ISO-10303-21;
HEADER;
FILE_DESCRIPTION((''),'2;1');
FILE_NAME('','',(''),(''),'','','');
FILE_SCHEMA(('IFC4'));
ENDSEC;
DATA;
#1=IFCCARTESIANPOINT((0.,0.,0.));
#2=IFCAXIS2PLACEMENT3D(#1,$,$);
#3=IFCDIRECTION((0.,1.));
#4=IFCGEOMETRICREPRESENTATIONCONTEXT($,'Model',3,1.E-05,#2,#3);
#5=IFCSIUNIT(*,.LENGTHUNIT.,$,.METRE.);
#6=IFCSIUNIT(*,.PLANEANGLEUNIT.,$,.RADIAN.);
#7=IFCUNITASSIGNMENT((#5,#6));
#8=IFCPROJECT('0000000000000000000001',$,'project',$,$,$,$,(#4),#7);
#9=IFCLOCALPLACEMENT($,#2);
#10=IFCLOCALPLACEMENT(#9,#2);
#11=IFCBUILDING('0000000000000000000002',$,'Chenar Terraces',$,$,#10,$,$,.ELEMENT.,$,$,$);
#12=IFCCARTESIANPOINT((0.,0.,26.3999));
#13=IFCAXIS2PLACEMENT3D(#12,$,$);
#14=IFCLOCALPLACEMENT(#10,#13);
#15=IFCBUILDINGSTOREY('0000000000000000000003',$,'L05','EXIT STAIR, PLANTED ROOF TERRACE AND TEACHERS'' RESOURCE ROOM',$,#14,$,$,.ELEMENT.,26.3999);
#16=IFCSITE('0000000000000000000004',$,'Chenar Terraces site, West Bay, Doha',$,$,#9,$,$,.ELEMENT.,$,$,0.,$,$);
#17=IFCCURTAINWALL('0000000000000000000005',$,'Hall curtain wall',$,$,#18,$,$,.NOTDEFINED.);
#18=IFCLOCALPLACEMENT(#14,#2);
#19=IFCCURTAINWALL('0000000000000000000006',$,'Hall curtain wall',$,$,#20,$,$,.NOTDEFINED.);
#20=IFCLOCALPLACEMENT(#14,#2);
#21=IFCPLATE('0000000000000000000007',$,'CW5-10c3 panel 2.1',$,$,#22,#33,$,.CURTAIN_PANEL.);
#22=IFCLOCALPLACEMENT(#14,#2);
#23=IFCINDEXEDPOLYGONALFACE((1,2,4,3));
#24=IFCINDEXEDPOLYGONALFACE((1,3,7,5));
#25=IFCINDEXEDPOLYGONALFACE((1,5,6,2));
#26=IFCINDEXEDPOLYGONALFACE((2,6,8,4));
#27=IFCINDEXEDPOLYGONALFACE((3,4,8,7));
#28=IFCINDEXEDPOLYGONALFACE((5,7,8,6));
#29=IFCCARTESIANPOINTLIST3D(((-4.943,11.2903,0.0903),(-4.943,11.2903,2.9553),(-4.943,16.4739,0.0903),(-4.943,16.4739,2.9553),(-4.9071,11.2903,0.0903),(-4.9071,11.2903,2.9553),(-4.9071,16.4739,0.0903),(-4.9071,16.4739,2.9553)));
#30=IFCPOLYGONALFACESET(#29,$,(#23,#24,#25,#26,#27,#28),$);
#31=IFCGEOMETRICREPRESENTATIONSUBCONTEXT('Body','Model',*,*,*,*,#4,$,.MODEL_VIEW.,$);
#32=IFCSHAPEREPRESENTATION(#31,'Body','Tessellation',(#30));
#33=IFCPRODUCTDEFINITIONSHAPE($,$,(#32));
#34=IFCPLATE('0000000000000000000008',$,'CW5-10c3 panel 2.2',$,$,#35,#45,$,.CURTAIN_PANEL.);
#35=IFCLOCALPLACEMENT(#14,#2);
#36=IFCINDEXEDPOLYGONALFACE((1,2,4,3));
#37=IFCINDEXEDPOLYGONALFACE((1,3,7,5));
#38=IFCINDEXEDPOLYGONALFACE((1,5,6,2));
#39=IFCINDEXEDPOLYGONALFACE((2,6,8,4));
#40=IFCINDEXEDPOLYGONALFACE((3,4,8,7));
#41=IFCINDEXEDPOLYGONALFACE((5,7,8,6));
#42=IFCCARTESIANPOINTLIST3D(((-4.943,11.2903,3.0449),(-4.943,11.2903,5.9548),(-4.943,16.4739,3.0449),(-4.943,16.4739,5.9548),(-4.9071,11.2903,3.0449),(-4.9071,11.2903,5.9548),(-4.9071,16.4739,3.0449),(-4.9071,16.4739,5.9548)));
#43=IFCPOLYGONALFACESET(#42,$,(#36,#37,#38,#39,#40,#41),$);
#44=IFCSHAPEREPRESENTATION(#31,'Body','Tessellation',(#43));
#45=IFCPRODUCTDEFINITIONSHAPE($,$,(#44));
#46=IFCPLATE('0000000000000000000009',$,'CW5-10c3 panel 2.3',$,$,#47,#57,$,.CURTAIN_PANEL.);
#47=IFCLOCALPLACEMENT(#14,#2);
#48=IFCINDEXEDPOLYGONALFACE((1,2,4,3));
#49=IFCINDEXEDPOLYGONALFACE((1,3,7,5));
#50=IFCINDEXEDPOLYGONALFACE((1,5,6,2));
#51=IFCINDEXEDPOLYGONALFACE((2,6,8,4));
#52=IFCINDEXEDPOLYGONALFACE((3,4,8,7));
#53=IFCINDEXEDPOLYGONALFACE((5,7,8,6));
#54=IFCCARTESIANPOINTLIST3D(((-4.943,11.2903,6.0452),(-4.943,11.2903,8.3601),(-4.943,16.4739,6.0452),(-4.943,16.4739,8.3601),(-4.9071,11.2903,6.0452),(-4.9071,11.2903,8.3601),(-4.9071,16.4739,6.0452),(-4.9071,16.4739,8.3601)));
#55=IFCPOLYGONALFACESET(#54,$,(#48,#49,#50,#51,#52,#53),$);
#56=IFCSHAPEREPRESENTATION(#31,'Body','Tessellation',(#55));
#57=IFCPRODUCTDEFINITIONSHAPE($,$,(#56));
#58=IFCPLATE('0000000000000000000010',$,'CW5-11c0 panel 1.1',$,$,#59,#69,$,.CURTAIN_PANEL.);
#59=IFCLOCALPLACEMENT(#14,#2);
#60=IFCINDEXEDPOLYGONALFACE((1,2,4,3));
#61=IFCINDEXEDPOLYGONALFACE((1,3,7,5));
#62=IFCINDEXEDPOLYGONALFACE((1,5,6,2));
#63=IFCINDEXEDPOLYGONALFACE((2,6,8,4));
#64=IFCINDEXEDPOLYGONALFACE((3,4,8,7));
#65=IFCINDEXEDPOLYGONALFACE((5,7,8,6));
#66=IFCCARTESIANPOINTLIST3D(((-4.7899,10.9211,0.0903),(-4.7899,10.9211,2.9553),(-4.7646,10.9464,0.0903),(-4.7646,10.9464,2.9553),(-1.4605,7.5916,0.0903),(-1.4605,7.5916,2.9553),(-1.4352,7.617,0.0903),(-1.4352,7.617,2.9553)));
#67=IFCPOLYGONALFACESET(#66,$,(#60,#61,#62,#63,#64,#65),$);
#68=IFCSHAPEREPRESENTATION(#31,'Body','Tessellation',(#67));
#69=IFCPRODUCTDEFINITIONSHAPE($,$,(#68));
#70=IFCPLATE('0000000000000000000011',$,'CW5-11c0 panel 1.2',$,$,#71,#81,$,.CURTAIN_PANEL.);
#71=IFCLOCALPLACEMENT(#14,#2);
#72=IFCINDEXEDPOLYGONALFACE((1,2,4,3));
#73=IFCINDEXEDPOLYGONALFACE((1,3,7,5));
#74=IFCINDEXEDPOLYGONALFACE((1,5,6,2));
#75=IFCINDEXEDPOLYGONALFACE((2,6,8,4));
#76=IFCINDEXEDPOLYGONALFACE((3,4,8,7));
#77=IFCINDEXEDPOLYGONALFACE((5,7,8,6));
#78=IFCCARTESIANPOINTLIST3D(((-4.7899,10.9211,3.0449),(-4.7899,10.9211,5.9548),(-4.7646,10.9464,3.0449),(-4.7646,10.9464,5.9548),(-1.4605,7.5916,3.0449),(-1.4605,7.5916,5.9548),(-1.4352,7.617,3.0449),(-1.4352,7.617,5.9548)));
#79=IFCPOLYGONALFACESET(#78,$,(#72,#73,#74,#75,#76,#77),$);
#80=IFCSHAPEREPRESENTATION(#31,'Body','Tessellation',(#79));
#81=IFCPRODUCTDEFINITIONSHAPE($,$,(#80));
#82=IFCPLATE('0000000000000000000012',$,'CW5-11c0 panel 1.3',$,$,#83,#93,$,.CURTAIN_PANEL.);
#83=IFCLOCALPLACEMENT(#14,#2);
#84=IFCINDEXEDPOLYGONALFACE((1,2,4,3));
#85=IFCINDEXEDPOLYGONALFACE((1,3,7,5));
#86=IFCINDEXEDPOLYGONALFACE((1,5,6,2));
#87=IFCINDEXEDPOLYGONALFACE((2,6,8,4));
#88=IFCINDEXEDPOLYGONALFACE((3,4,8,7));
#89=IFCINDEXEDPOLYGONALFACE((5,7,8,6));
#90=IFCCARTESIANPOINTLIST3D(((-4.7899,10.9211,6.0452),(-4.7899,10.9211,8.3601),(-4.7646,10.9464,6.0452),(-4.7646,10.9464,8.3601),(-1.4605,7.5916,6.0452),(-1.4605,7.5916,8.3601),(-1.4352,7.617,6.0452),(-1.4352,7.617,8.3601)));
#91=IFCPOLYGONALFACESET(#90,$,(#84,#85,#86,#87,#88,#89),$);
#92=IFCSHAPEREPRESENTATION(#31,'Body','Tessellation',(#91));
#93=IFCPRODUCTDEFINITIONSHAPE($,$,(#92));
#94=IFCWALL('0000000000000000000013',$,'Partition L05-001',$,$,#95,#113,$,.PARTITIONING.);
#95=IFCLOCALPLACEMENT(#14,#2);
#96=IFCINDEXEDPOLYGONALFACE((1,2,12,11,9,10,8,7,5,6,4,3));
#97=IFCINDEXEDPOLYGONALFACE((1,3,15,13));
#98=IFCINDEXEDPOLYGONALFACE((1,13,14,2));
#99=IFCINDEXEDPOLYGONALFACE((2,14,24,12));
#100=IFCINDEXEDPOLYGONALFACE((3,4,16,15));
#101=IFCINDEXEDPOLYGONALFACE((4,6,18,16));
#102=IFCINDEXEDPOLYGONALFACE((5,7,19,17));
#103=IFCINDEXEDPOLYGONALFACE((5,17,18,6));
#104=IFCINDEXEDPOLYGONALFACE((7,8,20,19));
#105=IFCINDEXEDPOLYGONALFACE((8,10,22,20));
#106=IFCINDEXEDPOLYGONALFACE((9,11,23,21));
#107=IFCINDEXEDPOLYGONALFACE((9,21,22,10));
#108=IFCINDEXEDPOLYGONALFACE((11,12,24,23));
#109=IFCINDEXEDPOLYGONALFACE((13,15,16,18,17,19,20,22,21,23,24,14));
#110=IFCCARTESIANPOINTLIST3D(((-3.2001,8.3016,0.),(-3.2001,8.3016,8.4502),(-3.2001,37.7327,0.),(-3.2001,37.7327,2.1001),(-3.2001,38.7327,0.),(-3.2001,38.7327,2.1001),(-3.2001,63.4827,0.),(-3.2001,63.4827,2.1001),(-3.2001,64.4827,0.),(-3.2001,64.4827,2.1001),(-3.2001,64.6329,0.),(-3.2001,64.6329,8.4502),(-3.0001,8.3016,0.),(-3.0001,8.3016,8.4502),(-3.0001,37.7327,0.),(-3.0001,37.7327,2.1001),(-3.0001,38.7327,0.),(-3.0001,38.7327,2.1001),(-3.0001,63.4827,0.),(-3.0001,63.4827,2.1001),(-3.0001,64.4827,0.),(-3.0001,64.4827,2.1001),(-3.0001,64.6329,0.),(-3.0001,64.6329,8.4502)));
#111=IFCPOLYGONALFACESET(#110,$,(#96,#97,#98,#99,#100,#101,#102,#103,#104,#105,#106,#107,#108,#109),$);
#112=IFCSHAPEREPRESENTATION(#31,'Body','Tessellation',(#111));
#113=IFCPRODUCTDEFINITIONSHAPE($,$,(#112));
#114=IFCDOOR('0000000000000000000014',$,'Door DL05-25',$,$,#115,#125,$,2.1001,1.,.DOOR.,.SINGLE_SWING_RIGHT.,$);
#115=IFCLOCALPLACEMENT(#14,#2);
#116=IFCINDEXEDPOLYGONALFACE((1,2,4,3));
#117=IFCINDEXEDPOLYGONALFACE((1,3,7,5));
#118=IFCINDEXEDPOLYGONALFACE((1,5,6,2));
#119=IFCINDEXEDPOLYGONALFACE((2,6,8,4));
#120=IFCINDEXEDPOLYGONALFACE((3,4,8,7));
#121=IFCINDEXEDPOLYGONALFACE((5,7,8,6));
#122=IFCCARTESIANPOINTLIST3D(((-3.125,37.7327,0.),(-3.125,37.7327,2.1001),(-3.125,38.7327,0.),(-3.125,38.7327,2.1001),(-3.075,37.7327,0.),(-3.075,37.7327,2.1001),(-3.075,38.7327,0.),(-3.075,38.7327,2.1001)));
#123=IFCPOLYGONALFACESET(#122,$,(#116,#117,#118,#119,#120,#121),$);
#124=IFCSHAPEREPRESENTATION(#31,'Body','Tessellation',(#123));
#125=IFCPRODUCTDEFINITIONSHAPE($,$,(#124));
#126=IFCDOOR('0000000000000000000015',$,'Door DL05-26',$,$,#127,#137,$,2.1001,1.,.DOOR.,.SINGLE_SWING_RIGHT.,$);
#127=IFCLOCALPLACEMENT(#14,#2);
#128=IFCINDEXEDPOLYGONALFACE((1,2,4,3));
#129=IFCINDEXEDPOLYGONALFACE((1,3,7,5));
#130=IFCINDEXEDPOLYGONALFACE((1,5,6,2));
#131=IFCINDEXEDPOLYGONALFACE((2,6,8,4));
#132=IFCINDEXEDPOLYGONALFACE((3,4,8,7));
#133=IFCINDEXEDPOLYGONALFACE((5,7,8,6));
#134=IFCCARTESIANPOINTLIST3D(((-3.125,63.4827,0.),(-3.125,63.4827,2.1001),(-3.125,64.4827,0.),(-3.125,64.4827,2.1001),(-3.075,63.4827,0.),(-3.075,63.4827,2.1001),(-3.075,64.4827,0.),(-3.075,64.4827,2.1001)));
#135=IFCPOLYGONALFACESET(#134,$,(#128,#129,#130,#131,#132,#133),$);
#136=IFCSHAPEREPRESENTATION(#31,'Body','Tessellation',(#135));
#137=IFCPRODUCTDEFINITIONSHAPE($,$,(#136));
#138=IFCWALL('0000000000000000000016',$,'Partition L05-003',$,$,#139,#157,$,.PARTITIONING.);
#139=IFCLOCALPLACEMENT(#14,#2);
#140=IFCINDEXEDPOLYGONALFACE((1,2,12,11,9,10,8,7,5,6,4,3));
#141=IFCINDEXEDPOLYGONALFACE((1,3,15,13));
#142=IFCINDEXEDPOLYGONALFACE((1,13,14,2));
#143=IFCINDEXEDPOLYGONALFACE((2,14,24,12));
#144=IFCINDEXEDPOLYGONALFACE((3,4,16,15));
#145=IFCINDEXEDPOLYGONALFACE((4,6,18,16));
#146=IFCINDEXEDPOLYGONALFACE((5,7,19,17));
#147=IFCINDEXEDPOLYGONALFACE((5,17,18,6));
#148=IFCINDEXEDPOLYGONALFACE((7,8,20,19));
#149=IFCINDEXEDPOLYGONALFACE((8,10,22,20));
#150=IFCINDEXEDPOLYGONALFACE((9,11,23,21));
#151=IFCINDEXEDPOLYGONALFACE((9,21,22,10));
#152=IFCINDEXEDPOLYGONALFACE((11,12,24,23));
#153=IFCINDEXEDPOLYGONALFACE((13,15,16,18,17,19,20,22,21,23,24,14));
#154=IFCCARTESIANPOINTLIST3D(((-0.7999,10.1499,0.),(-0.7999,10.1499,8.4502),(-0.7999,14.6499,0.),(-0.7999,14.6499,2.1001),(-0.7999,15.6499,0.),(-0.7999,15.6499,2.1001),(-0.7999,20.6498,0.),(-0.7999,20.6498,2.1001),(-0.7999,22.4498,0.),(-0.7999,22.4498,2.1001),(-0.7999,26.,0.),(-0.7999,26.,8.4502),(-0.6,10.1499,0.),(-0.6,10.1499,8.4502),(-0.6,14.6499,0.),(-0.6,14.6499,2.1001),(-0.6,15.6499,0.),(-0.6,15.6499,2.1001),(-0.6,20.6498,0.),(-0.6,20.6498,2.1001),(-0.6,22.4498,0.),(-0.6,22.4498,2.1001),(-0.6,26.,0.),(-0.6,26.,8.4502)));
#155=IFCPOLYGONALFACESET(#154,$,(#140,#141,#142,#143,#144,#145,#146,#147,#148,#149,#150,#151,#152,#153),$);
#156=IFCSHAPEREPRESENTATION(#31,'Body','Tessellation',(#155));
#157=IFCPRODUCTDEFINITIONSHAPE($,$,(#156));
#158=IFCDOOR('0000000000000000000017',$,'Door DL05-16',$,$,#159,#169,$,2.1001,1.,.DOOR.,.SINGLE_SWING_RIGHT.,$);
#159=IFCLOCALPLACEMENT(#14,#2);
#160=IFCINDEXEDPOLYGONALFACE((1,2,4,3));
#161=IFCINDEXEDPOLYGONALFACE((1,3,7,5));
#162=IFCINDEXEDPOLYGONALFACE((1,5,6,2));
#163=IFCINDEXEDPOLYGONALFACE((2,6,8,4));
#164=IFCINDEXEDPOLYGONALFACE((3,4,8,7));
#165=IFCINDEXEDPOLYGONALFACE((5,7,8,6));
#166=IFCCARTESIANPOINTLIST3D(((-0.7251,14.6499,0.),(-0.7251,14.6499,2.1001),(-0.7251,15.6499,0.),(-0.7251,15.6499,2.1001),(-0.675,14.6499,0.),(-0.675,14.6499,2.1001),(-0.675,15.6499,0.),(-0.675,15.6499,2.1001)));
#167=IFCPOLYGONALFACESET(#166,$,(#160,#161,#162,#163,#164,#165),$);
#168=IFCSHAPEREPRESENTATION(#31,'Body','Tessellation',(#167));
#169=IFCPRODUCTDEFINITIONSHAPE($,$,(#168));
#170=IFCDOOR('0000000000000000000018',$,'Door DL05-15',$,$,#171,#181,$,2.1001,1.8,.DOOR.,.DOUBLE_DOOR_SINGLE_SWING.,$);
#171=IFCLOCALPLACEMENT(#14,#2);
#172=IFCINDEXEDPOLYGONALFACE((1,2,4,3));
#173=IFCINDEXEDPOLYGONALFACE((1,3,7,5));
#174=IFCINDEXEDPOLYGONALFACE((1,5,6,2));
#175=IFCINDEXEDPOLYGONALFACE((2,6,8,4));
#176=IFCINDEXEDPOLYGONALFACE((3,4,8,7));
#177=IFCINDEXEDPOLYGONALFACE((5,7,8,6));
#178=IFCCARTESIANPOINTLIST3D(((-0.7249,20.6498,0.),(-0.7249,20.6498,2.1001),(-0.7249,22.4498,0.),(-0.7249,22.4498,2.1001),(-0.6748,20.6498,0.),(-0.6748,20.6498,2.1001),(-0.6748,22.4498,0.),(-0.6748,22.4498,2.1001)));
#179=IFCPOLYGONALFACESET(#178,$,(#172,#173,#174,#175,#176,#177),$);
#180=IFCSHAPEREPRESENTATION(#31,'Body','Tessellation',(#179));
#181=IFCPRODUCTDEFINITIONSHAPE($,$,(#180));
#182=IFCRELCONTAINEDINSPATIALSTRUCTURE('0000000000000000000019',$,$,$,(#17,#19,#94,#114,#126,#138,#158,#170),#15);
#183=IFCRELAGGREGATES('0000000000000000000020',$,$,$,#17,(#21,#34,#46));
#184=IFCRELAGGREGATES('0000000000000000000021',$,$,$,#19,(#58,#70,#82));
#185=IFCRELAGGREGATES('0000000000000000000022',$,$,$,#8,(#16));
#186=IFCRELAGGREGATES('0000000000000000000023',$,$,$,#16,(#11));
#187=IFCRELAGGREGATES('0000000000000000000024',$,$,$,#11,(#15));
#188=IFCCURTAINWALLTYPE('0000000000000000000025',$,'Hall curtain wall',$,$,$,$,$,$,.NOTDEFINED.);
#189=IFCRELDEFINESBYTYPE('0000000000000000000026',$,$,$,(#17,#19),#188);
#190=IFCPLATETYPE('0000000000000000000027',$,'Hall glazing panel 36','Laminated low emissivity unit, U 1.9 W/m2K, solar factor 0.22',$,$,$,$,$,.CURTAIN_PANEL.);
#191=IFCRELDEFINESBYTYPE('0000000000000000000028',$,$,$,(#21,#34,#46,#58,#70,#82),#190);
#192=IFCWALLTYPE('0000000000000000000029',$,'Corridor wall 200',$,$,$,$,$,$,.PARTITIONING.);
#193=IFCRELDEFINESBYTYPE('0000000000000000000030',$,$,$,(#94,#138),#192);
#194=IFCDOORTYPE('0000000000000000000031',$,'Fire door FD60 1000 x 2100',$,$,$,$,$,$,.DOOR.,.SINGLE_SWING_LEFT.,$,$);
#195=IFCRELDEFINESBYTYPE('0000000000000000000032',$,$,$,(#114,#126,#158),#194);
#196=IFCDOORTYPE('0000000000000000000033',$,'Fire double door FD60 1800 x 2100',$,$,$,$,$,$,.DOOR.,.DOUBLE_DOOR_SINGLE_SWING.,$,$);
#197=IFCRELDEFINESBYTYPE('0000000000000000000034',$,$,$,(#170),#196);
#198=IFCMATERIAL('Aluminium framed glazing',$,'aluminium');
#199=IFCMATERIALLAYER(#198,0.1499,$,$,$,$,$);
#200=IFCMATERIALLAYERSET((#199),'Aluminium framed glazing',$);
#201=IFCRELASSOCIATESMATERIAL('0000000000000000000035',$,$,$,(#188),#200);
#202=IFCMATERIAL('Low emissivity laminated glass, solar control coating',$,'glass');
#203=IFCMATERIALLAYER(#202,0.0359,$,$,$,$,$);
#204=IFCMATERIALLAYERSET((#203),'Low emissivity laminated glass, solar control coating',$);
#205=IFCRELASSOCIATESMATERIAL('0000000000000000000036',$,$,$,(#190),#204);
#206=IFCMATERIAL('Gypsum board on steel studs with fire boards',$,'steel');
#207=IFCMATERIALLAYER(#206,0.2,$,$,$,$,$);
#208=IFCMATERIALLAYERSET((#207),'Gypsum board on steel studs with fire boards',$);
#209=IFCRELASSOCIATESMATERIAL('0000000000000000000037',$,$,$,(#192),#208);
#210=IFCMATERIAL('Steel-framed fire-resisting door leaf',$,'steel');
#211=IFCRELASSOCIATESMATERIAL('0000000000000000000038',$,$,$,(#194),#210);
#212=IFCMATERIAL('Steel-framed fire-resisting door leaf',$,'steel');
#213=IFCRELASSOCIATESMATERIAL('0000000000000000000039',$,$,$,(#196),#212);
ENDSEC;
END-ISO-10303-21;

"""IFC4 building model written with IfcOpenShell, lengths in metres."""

from ifc_helpers import new_model, si_unit, direction, frame, frame_2d, origin, origin_2d, place, context, subcontext, project, spatial, rectangle, extrude, material, layer, layer_set, type_object, element, fill, aggregate, save


model = new_model("IFC4")

# Units and contexts
model_context = context("Model", 3, precision=1e-05, world=origin(), true_north=direction((0.0, 1.0)))
body_context = subcontext(model_context, "Body", "Model", "MODEL_VIEW")
ifc_project = project(units=[si_unit("LENGTHUNIT", "METRE"), si_unit("PLANEANGLEUNIT", "RADIAN")], contexts=[model_context])

# Site, building, storey
site_placement = place(None, origin())
site = spatial("IfcSite", under=ifc_project, at=site_placement, Name="Chenar Terraces site, West Bay, Doha", CompositionType="ELEMENT", RefElevation=0.0)
building_placement = place(site_placement, origin())
building = spatial("IfcBuilding", under=site, at=building_placement, Name="Chenar Terraces", CompositionType="ELEMENT")
storey_placement = place(building_placement, frame((0.0, 0.0, 26.3999)))
storey = spatial("IfcBuildingStorey", under=building, at=storey_placement, Name="L05", Description="EXIT STAIR, PLANTED ROOF TERRACE AND TEACHERS' RESOURCE ROOM", CompositionType="ELEMENT", Elevation=26.3999)

# Curtain wall
ifc_material_1 = material(Name="Aluminium framed glazing", Category="aluminium")
ifc_layer_1 = layer(ifc_material_1, 0.1499)
ifc_layer_set_1 = layer_set([ifc_layer_1], Name="Aluminium framed glazing")
curtain_wall_type = type_object("IfcCurtainWallType", Name="Hall curtain wall", PredefinedType="NOTDEFINED", material=ifc_layer_set_1)
placement = place(storey_placement, origin())
curtain_wall_1 = element("IfcCurtainWall", 1, at=placement, inside=storey, type_object=curtain_wall_type, Name="Hall curtain wall", PredefinedType="NOTDEFINED")

# Curtain wall
curtain_wall_2 = element("IfcCurtainWall", 2, at=placement, inside=storey, type_object=curtain_wall_type, Name="Hall curtain wall", PredefinedType="NOTDEFINED")

# Plates
ifc_material_2 = material(Name="Low emissivity laminated glass, solar control coating", Category="glass")
ifc_layer_2 = layer(ifc_material_2, 0.0359)
ifc_layer_set_2 = layer_set([ifc_layer_2], Name="Low emissivity laminated glass, solar control coating")
plate_type = type_object("IfcPlateType", Name="Hall glazing panel 36", Description="Laminated low emissivity unit, U 1.9 W/m2K, solar factor 0.22", PredefinedType="CURTAIN_PANEL", material=ifc_layer_set_2)
plate_1_placement = place(storey_placement, frame((-4.925, 13.8821, 0.0903), z_axis=(0.0, 0.0, 1.0), x_axis=(0.0, -1.0, 0.0)))
plate_1 = element("IfcPlate", 3, at=plate_1_placement, type_object=plate_type, Name="CW5-10c3 panel 2.1", PredefinedType="CURTAIN_PANEL", context=body_context, shape_type="SweptSolid", body=[
    extrude(rectangle(XDim=5.1836, YDim=0.0359, at=origin_2d()), origin(), (0.0, 0.0, 1.0), 2.865),
])
plate_2_placement = place(storey_placement, frame((-4.925, 13.8821, 3.0449), z_axis=(0.0, 0.0, 1.0), x_axis=(0.0, -1.0, 0.0)))
plate_2 = element("IfcPlate", 4, at=plate_2_placement, type_object=plate_type, Name="CW5-10c3 panel 2.2", PredefinedType="CURTAIN_PANEL", context=body_context, shape_type="SweptSolid", body=[
    extrude(rectangle(XDim=5.1836, YDim=0.0359, at=origin_2d()), origin(), (0.0, 0.0, 1.0), 2.9099),
])
plate_3_placement = place(storey_placement, frame((-4.925, 13.8821, 6.0452), z_axis=(0.0, 0.0, 1.0), x_axis=(0.0, -1.0, 0.0)))
plate_3 = element("IfcPlate", 5, at=plate_3_placement, type_object=plate_type, Name="CW5-10c3 panel 2.3", PredefinedType="CURTAIN_PANEL", context=body_context, shape_type="SweptSolid", body=[
    extrude(rectangle(XDim=5.1836, YDim=0.0359, at=origin_2d()), origin(), (0.0, 0.0, 1.0), 2.3149),
])
aggregate(curtain_wall_1, [plate_1, plate_2, plate_3])
plate_4_placement = place(storey_placement, frame((-3.1125, 9.269, 0.0903), z_axis=(0.0, 0.0, 1.0), x_axis=(0.707107, -0.707107, 0.0)))
plate_4 = element("IfcPlate", 6, at=plate_4_placement, type_object=plate_type, Name="CW5-11c0 panel 1.1", PredefinedType="CURTAIN_PANEL", context=body_context, shape_type="SweptSolid", body=[
    extrude(rectangle(XDim=4.7085, YDim=0.0359, at=origin_2d()), origin(), (0.0, 0.0, 1.0), 2.865),
])
plate_5_placement = place(storey_placement, frame((-3.1125, 9.269, 3.0449), z_axis=(0.0, 0.0, 1.0), x_axis=(0.707107, -0.707107, 0.0)))
plate_5 = element("IfcPlate", 7, at=plate_5_placement, type_object=plate_type, Name="CW5-11c0 panel 1.2", PredefinedType="CURTAIN_PANEL", context=body_context, shape_type="SweptSolid", body=[
    extrude(rectangle(XDim=4.7085, YDim=0.0359, at=origin_2d()), origin(), (0.0, 0.0, 1.0), 2.9099),
])
plate_6_placement = place(storey_placement, frame((-3.1125, 9.269, 6.0452), z_axis=(0.0, 0.0, 1.0), x_axis=(0.707107, -0.707107, 0.0)))
plate_6 = element("IfcPlate", 8, at=plate_6_placement, type_object=plate_type, Name="CW5-11c0 panel 1.3", PredefinedType="CURTAIN_PANEL", context=body_context, shape_type="SweptSolid", body=[
    extrude(rectangle(XDim=4.7085, YDim=0.0359, at=origin_2d()), origin(), (0.0, 0.0, 1.0), 2.3149),
])
aggregate(curtain_wall_2, [plate_4, plate_5, plate_6])

# Walls, openings, doors
ifc_material_3 = material(Name="Gypsum board on steel studs with fire boards", Category="steel")
ifc_layer_3 = layer(ifc_material_3, 0.2)
ifc_layer_set_3 = layer_set([ifc_layer_3], Name="Gypsum board on steel studs with fire boards")
wall_type_1 = type_object("IfcWallType", Name="Corridor wall 200", PredefinedType="PARTITIONING", material=ifc_layer_set_3)
wall_1_placement = place(storey_placement, frame((-3.1001, 8.3018, 0.0), z_axis=(0.0, 0.0, 1.0), x_axis=(0.0, 1.0, 0.0)))
wall_1 = element("IfcWall", 9, at=wall_1_placement, inside=storey, type_object=wall_type_1, Name="Partition L05-001", PredefinedType="PARTITIONING", context=body_context, shape_type="SweptSolid", body=[
    extrude(rectangle(XDim=56.3313, YDim=0.2, at=frame_2d((28.1655, 0.0))), origin(), (0.0, 0.0, 1.0), 8.4502),
])
opening_1_placement = place(wall_1_placement, frame((29.4309, 0.0, 0.0)))
opening_1 = element("IfcOpeningElement", 10, at=opening_1_placement, cuts=wall_1, PredefinedType="OPENING", context=body_context, shape_type="SweptSolid", body=[
    extrude(rectangle(XDim=1.0, YDim=2.1001, at=frame_2d((0.5, 1.05))), frame((0.0, 0.1099, 0.0), z_axis=(0.0, -1.0, 0.0), x_axis=(1.0, 0.0, 0.0)), (0.0, 0.0, 1.0), 0.22),
])
opening_2_placement = place(wall_1_placement, frame((55.1809, 0.0, 0.0)))
opening_2 = element("IfcOpeningElement", 11, at=opening_2_placement, cuts=wall_1, PredefinedType="OPENING", context=body_context, shape_type="SweptSolid", body=[
    extrude(rectangle(XDim=1.0, YDim=2.1001, at=frame_2d((0.5, 1.05))), frame((0.0, 0.1099, 0.0), z_axis=(0.0, -1.0, 0.0), x_axis=(1.0, 0.0, 0.0)), (0.0, 0.0, 1.0), 0.22),
])
ifc_material_4 = material(Name="Steel-framed fire-resisting door leaf", Category="steel")
door_type_1 = type_object("IfcDoorType", Name="Fire door FD60 1000 x 2100", OperationType="SINGLE_SWING_LEFT", PredefinedType="DOOR", material=ifc_material_4)
door_1_placement = place(opening_1_placement, origin())
door_1 = element("IfcDoor", 12, at=door_1_placement, inside=storey, type_object=door_type_1, Name="Door DL05-25", OperationType="SINGLE_SWING_RIGHT", OverallHeight=2.1001, OverallWidth=1.0, PredefinedType="DOOR", context=body_context, shape_type="SweptSolid", body=[
    extrude(rectangle(XDim=1.0, YDim=2.1001, at=frame_2d((0.5, 1.05))), frame((0.0, 0.0249, 0.0), z_axis=(0.0, -1.0, 0.0), x_axis=(1.0, 0.0, 0.0)), (0.0, 0.0, 1.0), 0.05),
])
fill(opening_1, door_1)
door_2_placement = place(opening_2_placement, origin())
door_2 = element("IfcDoor", 13, at=door_2_placement, inside=storey, type_object=door_type_1, Name="Door DL05-26", OperationType="SINGLE_SWING_RIGHT", OverallHeight=2.1001, OverallWidth=1.0, PredefinedType="DOOR", context=body_context, shape_type="SweptSolid", body=[
    extrude(rectangle(XDim=1.0, YDim=2.1001, at=frame_2d((0.5, 1.05))), frame((0.0, 0.0249, 0.0), z_axis=(0.0, -1.0, 0.0), x_axis=(1.0, 0.0, 0.0)), (0.0, 0.0, 1.0), 0.05),
])
fill(opening_2, door_2)
wall_2_placement = place(storey_placement, frame((-0.7, 10.1499, 0.0), z_axis=(0.0, 0.0, 1.0), x_axis=(0.0, 1.0, 0.0)))
wall_2 = element("IfcWall", 14, at=wall_2_placement, inside=storey, type_object=wall_type_1, Name="Partition L05-003", PredefinedType="PARTITIONING", context=body_context, shape_type="SweptSolid", body=[
    extrude(rectangle(XDim=15.8501, YDim=0.2, at=frame_2d((7.925, 0.0))), origin(), (0.0, 0.0, 1.0), 8.4502),
])
opening_3_placement = place(wall_2_placement, frame((10.5, 0.0, 0.0)))
opening_3 = element("IfcOpeningElement", 15, at=opening_3_placement, cuts=wall_2, PredefinedType="OPENING", context=body_context, shape_type="SweptSolid", body=[
    extrude(rectangle(XDim=1.8, YDim=2.1001, at=frame_2d((0.8999, 1.05))), frame((0.0, 0.1099, 0.0), z_axis=(0.0, -1.0, 0.0), x_axis=(1.0, 0.0, 0.0)), (0.0, 0.0, 1.0), 0.22),
])
opening_4_placement = place(wall_2_placement, frame((4.5, 0.0, 0.0)))
opening_4 = element("IfcOpeningElement", 16, at=opening_4_placement, cuts=wall_2, PredefinedType="OPENING", context=body_context, shape_type="SweptSolid", body=[
    extrude(rectangle(XDim=1.0, YDim=2.1001, at=frame_2d((0.5, 1.05))), frame((0.0, 0.1099, 0.0), z_axis=(0.0, -1.0, 0.0), x_axis=(1.0, 0.0, 0.0)), (0.0, 0.0, 1.0), 0.22),
])
door_3_placement = place(opening_4_placement, frame((1.0, 0.0, 0.0), z_axis=(0.0, 0.0, 1.0), x_axis=(-1.0, 0.0, 0.0)))
door_3 = element("IfcDoor", 17, at=door_3_placement, inside=storey, type_object=door_type_1, Name="Door DL05-16", OperationType="SINGLE_SWING_RIGHT", OverallHeight=2.1001, OverallWidth=1.0, PredefinedType="DOOR", context=body_context, shape_type="SweptSolid", body=[
    extrude(rectangle(XDim=1.0, YDim=2.1001, at=frame_2d((0.5, 1.05))), frame((0.0, 0.0249, 0.0), z_axis=(0.0, -1.0, 0.0), x_axis=(1.0, 0.0, 0.0)), (0.0, 0.0, 1.0), 0.05),
])
fill(opening_4, door_3)
ifc_material_5 = material(Name="Steel-framed fire-resisting door leaf", Category="steel")
door_type_2 = type_object("IfcDoorType", Name="Fire double door FD60 1800 x 2100", OperationType="DOUBLE_DOOR_SINGLE_SWING", PredefinedType="DOOR", material=ifc_material_5)
door_4_placement = place(opening_3_placement, origin())
door_4 = element("IfcDoor", 18, at=door_4_placement, inside=storey, type_object=door_type_2, Name="Door DL05-15", OperationType="DOUBLE_DOOR_SINGLE_SWING", OverallHeight=2.1001, OverallWidth=1.8, PredefinedType="DOOR", context=body_context, shape_type="SweptSolid", body=[
    extrude(rectangle(XDim=1.8, YDim=2.1001, at=frame_2d((0.8999, 1.05))), frame((0.0, 0.0249, 0.0), z_axis=(0.0, -1.0, 0.0), x_axis=(1.0, 0.0, 0.0)), (0.0, 0.0, 1.0), 0.05),
])
fill(opening_3, door_4)

save(model, "model.ifc")
